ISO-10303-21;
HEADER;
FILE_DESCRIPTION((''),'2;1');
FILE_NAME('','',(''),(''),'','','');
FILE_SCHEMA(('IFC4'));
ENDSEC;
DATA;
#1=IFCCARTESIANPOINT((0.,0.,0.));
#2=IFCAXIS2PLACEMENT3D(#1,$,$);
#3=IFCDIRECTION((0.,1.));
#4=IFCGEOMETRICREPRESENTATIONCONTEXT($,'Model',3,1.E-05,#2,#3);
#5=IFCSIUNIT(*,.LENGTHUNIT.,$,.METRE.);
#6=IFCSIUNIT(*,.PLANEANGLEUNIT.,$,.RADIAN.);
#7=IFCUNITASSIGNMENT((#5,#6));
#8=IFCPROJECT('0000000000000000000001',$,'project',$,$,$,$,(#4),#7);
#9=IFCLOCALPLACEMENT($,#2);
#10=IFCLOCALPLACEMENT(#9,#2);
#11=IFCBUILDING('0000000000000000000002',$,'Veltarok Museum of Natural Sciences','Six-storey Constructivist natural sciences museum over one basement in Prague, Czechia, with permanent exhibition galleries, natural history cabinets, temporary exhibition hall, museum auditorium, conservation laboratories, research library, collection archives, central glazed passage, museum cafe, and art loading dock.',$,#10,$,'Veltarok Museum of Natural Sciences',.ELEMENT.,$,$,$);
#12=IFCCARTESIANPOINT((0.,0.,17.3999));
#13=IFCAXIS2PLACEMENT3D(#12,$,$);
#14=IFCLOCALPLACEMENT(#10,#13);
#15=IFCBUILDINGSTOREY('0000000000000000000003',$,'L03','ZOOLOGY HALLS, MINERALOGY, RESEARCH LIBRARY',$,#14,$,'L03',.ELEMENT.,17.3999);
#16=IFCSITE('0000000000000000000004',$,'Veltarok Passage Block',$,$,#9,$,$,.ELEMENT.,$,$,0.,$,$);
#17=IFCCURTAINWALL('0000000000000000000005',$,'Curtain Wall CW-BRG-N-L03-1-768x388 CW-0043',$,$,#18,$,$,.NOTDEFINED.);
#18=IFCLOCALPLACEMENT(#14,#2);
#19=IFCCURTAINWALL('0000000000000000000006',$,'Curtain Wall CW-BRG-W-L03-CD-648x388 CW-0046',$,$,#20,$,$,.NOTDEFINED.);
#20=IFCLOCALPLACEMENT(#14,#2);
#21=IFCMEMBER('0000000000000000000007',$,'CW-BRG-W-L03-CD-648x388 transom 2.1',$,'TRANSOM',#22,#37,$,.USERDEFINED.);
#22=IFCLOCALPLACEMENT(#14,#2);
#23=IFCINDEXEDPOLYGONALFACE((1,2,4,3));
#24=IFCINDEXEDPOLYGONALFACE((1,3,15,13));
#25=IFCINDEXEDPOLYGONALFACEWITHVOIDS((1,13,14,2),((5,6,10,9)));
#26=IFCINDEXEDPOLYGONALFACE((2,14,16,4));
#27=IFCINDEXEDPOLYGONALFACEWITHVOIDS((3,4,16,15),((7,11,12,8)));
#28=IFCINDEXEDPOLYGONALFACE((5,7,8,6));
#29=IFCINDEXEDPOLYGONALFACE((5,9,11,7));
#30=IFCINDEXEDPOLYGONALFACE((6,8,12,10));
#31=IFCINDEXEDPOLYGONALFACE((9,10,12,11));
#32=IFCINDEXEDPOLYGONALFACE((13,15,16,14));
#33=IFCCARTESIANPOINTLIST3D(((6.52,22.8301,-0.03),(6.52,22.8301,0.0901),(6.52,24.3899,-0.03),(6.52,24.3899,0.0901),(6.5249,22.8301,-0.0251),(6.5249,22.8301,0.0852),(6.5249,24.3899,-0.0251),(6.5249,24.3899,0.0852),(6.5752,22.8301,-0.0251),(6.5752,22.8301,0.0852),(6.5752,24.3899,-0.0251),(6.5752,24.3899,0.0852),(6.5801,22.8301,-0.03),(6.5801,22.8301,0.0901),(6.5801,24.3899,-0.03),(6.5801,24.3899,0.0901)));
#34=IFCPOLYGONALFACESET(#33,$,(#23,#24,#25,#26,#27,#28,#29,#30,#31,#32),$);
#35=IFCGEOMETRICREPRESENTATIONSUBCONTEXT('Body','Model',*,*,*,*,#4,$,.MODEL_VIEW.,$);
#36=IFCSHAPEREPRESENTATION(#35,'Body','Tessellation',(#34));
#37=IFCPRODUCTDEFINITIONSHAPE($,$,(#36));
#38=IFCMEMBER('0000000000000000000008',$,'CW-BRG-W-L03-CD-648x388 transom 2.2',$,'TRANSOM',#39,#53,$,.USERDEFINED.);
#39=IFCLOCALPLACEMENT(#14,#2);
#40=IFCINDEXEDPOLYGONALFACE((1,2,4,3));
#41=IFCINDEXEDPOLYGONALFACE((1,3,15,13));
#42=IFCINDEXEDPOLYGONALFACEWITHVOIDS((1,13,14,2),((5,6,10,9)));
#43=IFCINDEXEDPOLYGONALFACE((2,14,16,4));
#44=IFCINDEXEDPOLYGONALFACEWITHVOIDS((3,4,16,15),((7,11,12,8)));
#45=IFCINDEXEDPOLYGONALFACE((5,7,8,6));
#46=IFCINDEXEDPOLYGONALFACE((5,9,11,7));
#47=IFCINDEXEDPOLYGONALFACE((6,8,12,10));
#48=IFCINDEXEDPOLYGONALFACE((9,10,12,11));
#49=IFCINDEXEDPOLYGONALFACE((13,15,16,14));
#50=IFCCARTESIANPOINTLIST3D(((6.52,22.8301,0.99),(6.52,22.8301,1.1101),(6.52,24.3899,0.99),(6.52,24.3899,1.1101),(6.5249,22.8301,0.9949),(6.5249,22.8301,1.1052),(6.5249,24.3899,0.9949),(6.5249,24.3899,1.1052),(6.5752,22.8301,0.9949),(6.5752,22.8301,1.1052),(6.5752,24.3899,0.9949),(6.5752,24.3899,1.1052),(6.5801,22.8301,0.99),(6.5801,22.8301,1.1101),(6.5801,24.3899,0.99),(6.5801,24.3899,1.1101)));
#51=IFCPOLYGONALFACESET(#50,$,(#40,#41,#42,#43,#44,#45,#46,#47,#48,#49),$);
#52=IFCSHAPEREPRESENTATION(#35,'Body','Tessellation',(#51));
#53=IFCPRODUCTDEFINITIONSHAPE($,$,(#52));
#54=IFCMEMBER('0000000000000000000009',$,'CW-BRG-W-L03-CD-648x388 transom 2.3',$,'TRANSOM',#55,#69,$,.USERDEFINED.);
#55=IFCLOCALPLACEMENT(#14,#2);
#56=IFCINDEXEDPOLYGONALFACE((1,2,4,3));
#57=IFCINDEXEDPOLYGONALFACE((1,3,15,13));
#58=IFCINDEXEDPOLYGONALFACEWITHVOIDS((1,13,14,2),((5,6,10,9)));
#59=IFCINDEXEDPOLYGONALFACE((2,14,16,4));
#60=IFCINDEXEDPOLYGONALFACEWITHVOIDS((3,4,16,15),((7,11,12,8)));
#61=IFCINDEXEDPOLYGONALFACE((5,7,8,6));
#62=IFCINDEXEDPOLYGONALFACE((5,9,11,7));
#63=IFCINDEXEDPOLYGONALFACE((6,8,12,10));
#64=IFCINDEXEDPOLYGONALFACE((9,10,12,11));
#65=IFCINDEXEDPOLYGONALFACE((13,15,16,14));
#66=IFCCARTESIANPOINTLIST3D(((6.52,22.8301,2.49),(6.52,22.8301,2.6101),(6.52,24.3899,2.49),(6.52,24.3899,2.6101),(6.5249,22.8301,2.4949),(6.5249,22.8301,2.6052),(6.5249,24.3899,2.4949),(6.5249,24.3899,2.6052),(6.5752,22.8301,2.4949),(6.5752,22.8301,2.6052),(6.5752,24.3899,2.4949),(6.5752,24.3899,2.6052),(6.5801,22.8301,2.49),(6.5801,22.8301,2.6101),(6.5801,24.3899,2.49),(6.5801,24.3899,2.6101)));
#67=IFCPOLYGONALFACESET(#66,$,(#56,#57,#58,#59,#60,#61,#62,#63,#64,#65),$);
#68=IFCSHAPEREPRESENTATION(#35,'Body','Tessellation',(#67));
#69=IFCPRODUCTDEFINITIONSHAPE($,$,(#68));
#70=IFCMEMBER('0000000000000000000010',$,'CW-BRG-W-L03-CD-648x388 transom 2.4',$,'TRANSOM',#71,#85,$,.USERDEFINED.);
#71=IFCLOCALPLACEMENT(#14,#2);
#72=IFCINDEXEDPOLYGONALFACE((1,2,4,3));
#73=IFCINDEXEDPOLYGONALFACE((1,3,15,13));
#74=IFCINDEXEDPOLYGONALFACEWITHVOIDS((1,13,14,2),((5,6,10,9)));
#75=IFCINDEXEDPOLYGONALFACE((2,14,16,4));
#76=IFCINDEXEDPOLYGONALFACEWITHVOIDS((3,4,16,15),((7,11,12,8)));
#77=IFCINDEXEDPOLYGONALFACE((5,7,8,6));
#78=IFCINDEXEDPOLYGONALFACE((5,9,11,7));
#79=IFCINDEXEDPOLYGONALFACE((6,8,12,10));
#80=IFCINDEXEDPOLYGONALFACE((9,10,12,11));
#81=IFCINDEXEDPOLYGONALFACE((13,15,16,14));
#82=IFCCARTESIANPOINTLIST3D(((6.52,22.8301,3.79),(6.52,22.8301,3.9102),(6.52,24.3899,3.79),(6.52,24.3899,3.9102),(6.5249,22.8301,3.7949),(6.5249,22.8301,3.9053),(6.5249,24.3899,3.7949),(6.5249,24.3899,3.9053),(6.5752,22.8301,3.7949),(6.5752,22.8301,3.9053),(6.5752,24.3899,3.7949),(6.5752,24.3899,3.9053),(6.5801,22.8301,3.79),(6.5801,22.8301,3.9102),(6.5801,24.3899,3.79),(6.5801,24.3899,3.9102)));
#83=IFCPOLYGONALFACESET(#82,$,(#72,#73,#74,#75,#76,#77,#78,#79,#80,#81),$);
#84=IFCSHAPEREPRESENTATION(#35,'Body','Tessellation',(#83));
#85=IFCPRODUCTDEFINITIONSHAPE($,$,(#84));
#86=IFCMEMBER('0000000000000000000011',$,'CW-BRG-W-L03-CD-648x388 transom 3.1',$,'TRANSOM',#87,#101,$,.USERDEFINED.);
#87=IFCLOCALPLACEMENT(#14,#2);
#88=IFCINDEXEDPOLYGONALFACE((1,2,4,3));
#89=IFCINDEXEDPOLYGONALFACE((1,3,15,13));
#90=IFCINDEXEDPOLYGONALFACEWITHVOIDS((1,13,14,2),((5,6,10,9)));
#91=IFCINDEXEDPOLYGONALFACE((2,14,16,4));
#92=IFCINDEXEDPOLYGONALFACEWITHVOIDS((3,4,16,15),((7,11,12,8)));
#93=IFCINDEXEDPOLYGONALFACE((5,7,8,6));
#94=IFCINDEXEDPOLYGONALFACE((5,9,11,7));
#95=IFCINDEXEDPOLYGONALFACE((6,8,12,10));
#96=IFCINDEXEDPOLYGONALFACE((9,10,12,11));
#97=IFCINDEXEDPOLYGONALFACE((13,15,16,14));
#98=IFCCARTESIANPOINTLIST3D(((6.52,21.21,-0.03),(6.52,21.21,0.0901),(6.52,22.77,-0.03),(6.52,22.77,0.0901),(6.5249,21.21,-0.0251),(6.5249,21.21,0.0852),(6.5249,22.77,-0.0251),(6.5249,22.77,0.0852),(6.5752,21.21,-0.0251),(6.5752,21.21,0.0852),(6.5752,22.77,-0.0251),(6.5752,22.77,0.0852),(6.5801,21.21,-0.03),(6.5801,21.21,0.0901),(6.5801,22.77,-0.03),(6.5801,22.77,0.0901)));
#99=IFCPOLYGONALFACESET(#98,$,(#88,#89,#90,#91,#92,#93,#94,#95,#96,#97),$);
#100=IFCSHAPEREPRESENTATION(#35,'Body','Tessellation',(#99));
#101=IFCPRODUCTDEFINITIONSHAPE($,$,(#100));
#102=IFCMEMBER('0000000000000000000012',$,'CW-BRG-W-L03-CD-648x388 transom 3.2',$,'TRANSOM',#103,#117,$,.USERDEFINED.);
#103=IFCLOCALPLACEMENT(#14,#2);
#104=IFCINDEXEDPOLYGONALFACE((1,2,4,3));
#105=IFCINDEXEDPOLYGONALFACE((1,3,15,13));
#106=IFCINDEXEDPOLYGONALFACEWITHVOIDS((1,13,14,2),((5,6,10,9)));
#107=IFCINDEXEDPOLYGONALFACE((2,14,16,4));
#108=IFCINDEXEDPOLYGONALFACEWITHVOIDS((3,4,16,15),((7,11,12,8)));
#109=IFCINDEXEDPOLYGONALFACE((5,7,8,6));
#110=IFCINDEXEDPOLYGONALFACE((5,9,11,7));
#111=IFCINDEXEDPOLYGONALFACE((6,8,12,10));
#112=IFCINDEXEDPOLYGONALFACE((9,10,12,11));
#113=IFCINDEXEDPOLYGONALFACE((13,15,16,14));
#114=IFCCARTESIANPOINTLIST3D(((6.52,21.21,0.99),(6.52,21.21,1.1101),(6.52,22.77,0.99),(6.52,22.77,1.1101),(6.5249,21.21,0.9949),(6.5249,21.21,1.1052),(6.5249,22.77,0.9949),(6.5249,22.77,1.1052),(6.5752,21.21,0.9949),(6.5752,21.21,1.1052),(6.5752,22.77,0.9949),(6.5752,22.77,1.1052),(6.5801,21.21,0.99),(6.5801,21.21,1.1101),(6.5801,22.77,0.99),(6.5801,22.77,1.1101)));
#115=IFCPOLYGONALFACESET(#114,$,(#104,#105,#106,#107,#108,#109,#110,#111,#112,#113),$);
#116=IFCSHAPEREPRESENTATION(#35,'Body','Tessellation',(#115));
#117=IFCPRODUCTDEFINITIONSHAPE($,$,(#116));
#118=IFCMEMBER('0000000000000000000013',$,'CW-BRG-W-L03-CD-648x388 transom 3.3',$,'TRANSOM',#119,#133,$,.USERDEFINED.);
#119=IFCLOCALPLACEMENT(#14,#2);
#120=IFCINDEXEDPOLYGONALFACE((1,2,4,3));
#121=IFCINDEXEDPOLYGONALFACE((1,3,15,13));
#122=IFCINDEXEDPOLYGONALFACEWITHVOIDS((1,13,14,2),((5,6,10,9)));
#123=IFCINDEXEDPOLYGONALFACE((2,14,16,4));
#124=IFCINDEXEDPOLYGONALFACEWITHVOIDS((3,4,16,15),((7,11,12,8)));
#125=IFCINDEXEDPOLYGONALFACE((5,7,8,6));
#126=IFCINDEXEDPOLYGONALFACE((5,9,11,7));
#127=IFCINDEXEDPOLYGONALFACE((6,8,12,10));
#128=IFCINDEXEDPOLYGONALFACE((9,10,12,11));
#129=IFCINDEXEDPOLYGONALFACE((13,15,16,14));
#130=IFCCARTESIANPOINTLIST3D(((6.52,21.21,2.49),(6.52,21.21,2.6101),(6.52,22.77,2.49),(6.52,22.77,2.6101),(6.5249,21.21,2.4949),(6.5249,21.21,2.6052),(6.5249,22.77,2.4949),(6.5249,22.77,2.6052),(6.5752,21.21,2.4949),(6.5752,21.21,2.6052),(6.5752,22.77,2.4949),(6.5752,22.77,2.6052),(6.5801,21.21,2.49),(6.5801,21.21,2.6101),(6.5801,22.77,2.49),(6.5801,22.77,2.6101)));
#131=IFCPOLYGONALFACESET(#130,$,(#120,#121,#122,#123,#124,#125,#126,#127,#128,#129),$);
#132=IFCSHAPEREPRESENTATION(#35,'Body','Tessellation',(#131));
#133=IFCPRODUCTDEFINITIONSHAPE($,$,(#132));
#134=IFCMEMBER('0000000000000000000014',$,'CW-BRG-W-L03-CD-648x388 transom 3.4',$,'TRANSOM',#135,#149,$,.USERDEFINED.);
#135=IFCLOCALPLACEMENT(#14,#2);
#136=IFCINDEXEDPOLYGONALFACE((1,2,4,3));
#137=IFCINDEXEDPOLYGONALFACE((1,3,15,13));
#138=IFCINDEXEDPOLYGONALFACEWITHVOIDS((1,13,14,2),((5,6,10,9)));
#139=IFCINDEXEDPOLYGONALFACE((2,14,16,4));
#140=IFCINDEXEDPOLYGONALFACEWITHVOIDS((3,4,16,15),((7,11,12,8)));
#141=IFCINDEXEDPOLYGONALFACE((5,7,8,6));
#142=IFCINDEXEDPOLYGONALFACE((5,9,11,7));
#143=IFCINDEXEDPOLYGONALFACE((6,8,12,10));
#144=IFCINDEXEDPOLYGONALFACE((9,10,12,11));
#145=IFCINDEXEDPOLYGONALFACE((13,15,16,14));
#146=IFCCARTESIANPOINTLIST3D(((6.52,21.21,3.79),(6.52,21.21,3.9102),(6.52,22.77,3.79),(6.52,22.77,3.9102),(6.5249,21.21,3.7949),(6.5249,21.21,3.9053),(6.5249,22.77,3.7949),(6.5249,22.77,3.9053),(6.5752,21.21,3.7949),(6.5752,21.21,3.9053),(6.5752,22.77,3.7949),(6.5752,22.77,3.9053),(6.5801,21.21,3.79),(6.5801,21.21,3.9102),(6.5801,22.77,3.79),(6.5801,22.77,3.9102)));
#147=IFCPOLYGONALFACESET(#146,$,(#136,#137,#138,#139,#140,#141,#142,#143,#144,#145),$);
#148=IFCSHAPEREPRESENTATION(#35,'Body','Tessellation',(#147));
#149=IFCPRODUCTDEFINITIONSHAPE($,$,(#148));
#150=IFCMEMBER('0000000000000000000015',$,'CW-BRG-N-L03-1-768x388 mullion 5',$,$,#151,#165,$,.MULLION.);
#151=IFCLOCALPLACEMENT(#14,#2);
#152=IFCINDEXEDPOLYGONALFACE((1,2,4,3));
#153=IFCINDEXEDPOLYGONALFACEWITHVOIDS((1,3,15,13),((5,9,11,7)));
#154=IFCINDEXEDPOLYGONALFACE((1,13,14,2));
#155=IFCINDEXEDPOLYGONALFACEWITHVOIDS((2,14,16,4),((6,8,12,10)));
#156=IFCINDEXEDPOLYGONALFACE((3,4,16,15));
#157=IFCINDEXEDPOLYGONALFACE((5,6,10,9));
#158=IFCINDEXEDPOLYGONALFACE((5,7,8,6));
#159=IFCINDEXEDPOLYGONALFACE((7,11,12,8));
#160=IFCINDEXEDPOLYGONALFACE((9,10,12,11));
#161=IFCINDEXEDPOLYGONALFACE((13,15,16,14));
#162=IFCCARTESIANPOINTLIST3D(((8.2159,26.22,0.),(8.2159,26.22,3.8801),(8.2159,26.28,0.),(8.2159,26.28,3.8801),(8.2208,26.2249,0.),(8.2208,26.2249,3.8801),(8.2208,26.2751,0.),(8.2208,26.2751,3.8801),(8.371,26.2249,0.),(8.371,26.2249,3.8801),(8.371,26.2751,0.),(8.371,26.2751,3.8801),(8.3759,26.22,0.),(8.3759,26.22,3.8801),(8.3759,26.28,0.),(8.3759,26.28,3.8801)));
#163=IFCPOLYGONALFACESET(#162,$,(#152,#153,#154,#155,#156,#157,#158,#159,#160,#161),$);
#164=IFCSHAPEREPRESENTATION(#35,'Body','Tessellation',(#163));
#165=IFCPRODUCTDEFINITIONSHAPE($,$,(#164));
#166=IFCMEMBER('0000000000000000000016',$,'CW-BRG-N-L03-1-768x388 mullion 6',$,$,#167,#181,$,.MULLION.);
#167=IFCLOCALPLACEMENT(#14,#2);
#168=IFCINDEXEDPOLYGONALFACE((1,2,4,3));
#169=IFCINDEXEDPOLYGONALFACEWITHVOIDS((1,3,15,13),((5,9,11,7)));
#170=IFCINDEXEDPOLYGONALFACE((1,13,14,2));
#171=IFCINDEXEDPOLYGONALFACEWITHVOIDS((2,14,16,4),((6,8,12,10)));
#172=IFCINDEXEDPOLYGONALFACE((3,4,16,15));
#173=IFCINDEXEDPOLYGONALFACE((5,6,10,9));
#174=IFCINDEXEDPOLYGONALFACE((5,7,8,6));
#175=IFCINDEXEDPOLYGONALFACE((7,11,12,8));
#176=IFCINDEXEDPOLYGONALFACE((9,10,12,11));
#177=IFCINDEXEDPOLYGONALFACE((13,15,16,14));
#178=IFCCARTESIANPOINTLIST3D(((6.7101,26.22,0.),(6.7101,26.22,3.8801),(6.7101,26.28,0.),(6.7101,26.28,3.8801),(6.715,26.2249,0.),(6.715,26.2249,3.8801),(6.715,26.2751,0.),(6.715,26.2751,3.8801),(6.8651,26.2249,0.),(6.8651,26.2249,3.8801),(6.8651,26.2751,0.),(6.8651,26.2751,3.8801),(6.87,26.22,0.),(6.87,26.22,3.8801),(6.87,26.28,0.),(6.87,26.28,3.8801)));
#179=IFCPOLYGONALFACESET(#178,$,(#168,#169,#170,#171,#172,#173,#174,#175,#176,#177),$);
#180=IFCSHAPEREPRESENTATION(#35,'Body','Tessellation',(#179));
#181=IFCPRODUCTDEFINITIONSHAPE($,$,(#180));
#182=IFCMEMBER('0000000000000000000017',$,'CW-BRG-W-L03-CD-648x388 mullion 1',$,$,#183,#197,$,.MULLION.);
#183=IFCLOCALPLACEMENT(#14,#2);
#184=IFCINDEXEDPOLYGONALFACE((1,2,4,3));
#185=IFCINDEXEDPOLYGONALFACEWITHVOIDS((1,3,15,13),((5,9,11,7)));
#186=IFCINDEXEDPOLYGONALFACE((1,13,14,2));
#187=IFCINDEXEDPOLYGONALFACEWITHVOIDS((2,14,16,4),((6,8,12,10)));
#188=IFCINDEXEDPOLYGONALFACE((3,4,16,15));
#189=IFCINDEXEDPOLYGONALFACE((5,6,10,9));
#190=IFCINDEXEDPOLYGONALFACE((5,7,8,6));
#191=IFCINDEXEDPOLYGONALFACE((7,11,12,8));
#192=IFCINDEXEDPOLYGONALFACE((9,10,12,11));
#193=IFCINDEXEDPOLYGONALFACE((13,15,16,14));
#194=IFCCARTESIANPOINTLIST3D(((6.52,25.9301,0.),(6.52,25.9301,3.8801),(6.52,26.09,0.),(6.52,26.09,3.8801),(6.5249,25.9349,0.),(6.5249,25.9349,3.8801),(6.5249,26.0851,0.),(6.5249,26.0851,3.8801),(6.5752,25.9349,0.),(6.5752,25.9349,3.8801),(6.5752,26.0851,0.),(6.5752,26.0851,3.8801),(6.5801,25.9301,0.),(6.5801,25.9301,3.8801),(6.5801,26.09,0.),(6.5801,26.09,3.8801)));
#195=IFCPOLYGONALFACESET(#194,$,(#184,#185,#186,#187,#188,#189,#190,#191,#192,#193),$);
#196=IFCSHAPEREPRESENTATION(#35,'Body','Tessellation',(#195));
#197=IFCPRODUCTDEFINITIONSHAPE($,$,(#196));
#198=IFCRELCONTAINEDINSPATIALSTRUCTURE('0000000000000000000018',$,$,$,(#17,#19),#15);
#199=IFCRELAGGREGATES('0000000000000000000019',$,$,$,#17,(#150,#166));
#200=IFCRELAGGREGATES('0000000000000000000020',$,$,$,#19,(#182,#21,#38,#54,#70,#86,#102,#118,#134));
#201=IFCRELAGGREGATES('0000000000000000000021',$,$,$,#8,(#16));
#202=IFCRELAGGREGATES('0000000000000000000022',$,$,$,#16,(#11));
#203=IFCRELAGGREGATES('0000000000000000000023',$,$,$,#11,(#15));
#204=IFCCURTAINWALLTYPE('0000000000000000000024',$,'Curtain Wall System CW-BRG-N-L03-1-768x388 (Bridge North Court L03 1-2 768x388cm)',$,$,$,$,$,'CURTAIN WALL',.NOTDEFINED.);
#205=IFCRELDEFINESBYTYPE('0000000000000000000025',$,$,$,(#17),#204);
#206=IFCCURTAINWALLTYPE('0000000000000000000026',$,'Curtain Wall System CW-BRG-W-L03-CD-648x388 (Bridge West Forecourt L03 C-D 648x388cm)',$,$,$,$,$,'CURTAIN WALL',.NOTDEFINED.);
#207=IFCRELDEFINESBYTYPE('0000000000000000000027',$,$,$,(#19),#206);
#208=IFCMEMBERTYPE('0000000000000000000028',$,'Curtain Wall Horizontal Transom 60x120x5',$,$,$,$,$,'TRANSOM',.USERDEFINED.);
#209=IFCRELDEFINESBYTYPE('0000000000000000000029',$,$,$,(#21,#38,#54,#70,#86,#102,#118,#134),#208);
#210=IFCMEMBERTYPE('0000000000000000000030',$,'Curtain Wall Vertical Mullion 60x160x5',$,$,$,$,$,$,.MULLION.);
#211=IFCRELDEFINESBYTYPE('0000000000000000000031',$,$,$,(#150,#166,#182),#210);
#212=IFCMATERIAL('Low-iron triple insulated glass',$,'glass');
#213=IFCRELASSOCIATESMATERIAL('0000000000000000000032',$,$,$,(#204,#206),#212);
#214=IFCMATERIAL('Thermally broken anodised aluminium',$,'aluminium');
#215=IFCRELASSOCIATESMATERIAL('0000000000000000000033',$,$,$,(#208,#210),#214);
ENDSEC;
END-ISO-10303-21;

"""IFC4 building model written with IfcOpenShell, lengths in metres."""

from ifc_helpers import new_model, si_unit, direction, frame, origin, origin_2d, place, context, subcontext, project, spatial, hollow_rectangle, extrude, material, material_profile, profile_set, type_object, element, aggregate, save


model = new_model("IFC4")

# Units and contexts
model_context = context("Model", 3, precision=1e-05, world=origin(), true_north=direction((0.0, 1.0)))
body_context = subcontext(model_context, "Body", "Model", "MODEL_VIEW")
ifc_project = project(units=[si_unit("LENGTHUNIT", "METRE"), si_unit("PLANEANGLEUNIT", "RADIAN")], contexts=[model_context])

# Site, building, storey
site_placement = place(None, origin())
site = spatial("IfcSite", under=ifc_project, at=site_placement, Name="Veltarok Passage Block", CompositionType="ELEMENT", RefElevation=0.0)
building_placement = place(site_placement, origin())
building = spatial("IfcBuilding", under=site, at=building_placement, Name="Veltarok Museum of Natural Sciences", Description="Six-storey Constructivist natural sciences museum over one basement in Prague, Czechia, with permanent exhibition galleries, natural history cabinets, temporary exhibition hall, museum auditorium, conservation laboratories, research library, collection archives, central glazed passage, museum cafe, and art loading dock.", LongName="Veltarok Museum of Natural Sciences", CompositionType="ELEMENT")
storey_placement = place(building_placement, frame((0.0, 0.0, 17.3999)))
storey = spatial("IfcBuildingStorey", under=building, at=storey_placement, Name="L03", Description="ZOOLOGY HALLS, MINERALOGY, RESEARCH LIBRARY", LongName="L03", CompositionType="ELEMENT", Elevation=17.3999)

# Curtain walls, members
ifc_material_1 = material(Name="Low-iron triple insulated glass", Category="glass")
curtain_wall_type_1 = type_object("IfcCurtainWallType", Name="Curtain Wall System CW-BRG-N-L03-1-768x388 (Bridge North Court L03 1-2 768x388cm)", ElementType="CURTAIN WALL", PredefinedType="NOTDEFINED", material=ifc_material_1)
curtain_wall_1_placement = place(storey_placement, origin())
curtain_wall_1 = element("IfcCurtainWall", 1, at=curtain_wall_1_placement, inside=storey, type_object=curtain_wall_type_1, Name="Curtain Wall CW-BRG-N-L03-1-768x388 CW-0043", PredefinedType="NOTDEFINED")
ifc_material_2 = material(Name="Thermally broken anodised aluminium", Category="aluminium")
ifc_material_profile_1 = material_profile(ifc_material_2, hollow_rectangle(XDim=0.0601, YDim=0.1201, WallThickness=0.0049, at=origin_2d()), Name="CW TRANSOM 60x120x5")
ifc_profile_set_1 = profile_set([ifc_material_profile_1], Name="Thermally broken anodised aluminium")
member_type_1 = type_object("IfcMemberType", Name="Curtain Wall Horizontal Transom 60x120x5", ElementType="TRANSOM", PredefinedType="USERDEFINED", material=ifc_profile_set_1)
curtain_wall_type_2 = type_object("IfcCurtainWallType", Name="Curtain Wall System CW-BRG-W-L03-CD-648x388 (Bridge West Forecourt L03 C-D 648x388cm)", ElementType="CURTAIN WALL", PredefinedType="NOTDEFINED", material=ifc_material_1)
curtain_wall_2_placement = place(storey_placement, origin())
curtain_wall_2 = element("IfcCurtainWall", 2, at=curtain_wall_2_placement, inside=storey, type_object=curtain_wall_type_2, Name="Curtain Wall CW-BRG-W-L03-CD-648x388 CW-0046", PredefinedType="NOTDEFINED")
member_1_placement = place(storey_placement, frame((6.55, 24.3899, 0.03), z_axis=(0.0, -1.0, 0.0), x_axis=(1.0, 0.0, 0.0)))
member_1 = element("IfcMember", 3, at=member_1_placement, type_object=member_type_1, Name="CW-BRG-W-L03-CD-648x388 transom 2.1", ObjectType="TRANSOM", PredefinedType="USERDEFINED", context=body_context, shape_type="SweptSolid", body=[
    extrude(hollow_rectangle(XDim=0.0601, YDim=0.1201, WallThickness=0.0049, at=origin_2d()), origin(), (0.0, 0.0, 1.0), 1.5598),
])
member_2_placement = place(storey_placement, frame((6.55, 24.3899, 1.05), z_axis=(0.0, -1.0, 0.0), x_axis=(1.0, 0.0, 0.0)))
member_2 = element("IfcMember", 4, at=member_2_placement, type_object=member_type_1, Name="CW-BRG-W-L03-CD-648x388 transom 2.2", ObjectType="TRANSOM", PredefinedType="USERDEFINED", context=body_context, shape_type="SweptSolid", body=[
    extrude(hollow_rectangle(XDim=0.0601, YDim=0.1201, WallThickness=0.0049, at=origin_2d()), origin(), (0.0, 0.0, 1.0), 1.5598),
])
member_3_placement = place(storey_placement, frame((6.55, 24.3899, 2.55), z_axis=(0.0, -1.0, 0.0), x_axis=(1.0, 0.0, 0.0)))
member_3 = element("IfcMember", 5, at=member_3_placement, type_object=member_type_1, Name="CW-BRG-W-L03-CD-648x388 transom 2.3", ObjectType="TRANSOM", PredefinedType="USERDEFINED", context=body_context, shape_type="SweptSolid", body=[
    extrude(hollow_rectangle(XDim=0.0601, YDim=0.1201, WallThickness=0.0049, at=origin_2d()), origin(), (0.0, 0.0, 1.0), 1.5598),
])
member_4_placement = place(storey_placement, frame((6.55, 24.3899, 3.8501), z_axis=(0.0, -1.0, 0.0), x_axis=(1.0, 0.0, 0.0)))
member_4 = element("IfcMember", 6, at=member_4_placement, type_object=member_type_1, Name="CW-BRG-W-L03-CD-648x388 transom 2.4", ObjectType="TRANSOM", PredefinedType="USERDEFINED", context=body_context, shape_type="SweptSolid", body=[
    extrude(hollow_rectangle(XDim=0.0601, YDim=0.1201, WallThickness=0.0049, at=origin_2d()), origin(), (0.0, 0.0, 1.0), 1.5598),
])
member_5_placement = place(storey_placement, frame((6.55, 22.77, 0.03), z_axis=(0.0, -1.0, 0.0), x_axis=(1.0, 0.0, 0.0)))
member_5 = element("IfcMember", 7, at=member_5_placement, type_object=member_type_1, Name="CW-BRG-W-L03-CD-648x388 transom 3.1", ObjectType="TRANSOM", PredefinedType="USERDEFINED", context=body_context, shape_type="SweptSolid", body=[
    extrude(hollow_rectangle(XDim=0.0601, YDim=0.1201, WallThickness=0.0049, at=origin_2d()), origin(), (0.0, 0.0, 1.0), 1.5601),
])
member_6_placement = place(storey_placement, frame((6.55, 22.77, 1.05), z_axis=(0.0, -1.0, 0.0), x_axis=(1.0, 0.0, 0.0)))
member_6 = element("IfcMember", 8, at=member_6_placement, type_object=member_type_1, Name="CW-BRG-W-L03-CD-648x388 transom 3.2", ObjectType="TRANSOM", PredefinedType="USERDEFINED", context=body_context, shape_type="SweptSolid", body=[
    extrude(hollow_rectangle(XDim=0.0601, YDim=0.1201, WallThickness=0.0049, at=origin_2d()), origin(), (0.0, 0.0, 1.0), 1.5601),
])
member_7_placement = place(storey_placement, frame((6.55, 22.77, 2.55), z_axis=(0.0, -1.0, 0.0), x_axis=(1.0, 0.0, 0.0)))
member_7 = element("IfcMember", 9, at=member_7_placement, type_object=member_type_1, Name="CW-BRG-W-L03-CD-648x388 transom 3.3", ObjectType="TRANSOM", PredefinedType="USERDEFINED", context=body_context, shape_type="SweptSolid", body=[
    extrude(hollow_rectangle(XDim=0.0601, YDim=0.1201, WallThickness=0.0049, at=origin_2d()), origin(), (0.0, 0.0, 1.0), 1.5601),
])
member_8_placement = place(storey_placement, frame((6.55, 22.77, 3.8501), z_axis=(0.0, -1.0, 0.0), x_axis=(1.0, 0.0, 0.0)))
member_8 = element("IfcMember", 10, at=member_8_placement, type_object=member_type_1, Name="CW-BRG-W-L03-CD-648x388 transom 3.4", ObjectType="TRANSOM", PredefinedType="USERDEFINED", context=body_context, shape_type="SweptSolid", body=[
    extrude(hollow_rectangle(XDim=0.0601, YDim=0.1201, WallThickness=0.0049, at=origin_2d()), origin(), (0.0, 0.0, 1.0), 1.5601),
])

# Members
ifc_material_profile_2 = material_profile(ifc_material_2, hollow_rectangle(XDim=0.0601, YDim=0.1599, WallThickness=0.0049, at=origin_2d()), Name="CW MULLION 60x160x5")
ifc_profile_set_2 = profile_set([ifc_material_profile_2], Name="Thermally broken anodised aluminium")
member_type_2 = type_object("IfcMemberType", Name="Curtain Wall Vertical Mullion 60x160x5", PredefinedType="MULLION", material=ifc_profile_set_2)
member_9_placement = place(storey_placement, frame((8.2959, 26.25, 0.0), z_axis=(0.0, 0.0, 1.0), x_axis=(0.0, -1.0, 0.0)))
member_9 = element("IfcMember", 11, at=member_9_placement, type_object=member_type_2, Name="CW-BRG-N-L03-1-768x388 mullion 5", PredefinedType="MULLION", context=body_context, shape_type="SweptSolid", body=[
    extrude(hollow_rectangle(XDim=0.0601, YDim=0.1599, WallThickness=0.0049, at=origin_2d()), origin(), (0.0, 0.0, 1.0), 3.8801),
])
member_10_placement = place(storey_placement, frame((6.79, 26.25, 0.0), z_axis=(0.0, 0.0, 1.0), x_axis=(0.0, -1.0, 0.0)))
member_10 = element("IfcMember", 12, at=member_10_placement, type_object=member_type_2, Name="CW-BRG-N-L03-1-768x388 mullion 6", PredefinedType="MULLION", context=body_context, shape_type="SweptSolid", body=[
    extrude(hollow_rectangle(XDim=0.0601, YDim=0.1599, WallThickness=0.0049, at=origin_2d()), origin(), (0.0, 0.0, 1.0), 3.8801),
])
member_11_placement = place(storey_placement, frame((6.55, 26.01, 0.0), z_axis=(0.0, 0.0, 1.0), x_axis=(1.0, 0.0, 0.0)))
member_11 = element("IfcMember", 13, at=member_11_placement, type_object=member_type_2, Name="CW-BRG-W-L03-CD-648x388 mullion 1", PredefinedType="MULLION", context=body_context, shape_type="SweptSolid", body=[
    extrude(hollow_rectangle(XDim=0.0601, YDim=0.1599, WallThickness=0.0049, at=origin_2d()), origin(), (0.0, 0.0, 1.0), 3.8801),
])

aggregate(curtain_wall_1, [member_9, member_10])
aggregate(curtain_wall_2, [member_11, member_1, member_2, member_3, member_4, member_5, member_6, member_7, member_8])

save(model, "model.ifc")
